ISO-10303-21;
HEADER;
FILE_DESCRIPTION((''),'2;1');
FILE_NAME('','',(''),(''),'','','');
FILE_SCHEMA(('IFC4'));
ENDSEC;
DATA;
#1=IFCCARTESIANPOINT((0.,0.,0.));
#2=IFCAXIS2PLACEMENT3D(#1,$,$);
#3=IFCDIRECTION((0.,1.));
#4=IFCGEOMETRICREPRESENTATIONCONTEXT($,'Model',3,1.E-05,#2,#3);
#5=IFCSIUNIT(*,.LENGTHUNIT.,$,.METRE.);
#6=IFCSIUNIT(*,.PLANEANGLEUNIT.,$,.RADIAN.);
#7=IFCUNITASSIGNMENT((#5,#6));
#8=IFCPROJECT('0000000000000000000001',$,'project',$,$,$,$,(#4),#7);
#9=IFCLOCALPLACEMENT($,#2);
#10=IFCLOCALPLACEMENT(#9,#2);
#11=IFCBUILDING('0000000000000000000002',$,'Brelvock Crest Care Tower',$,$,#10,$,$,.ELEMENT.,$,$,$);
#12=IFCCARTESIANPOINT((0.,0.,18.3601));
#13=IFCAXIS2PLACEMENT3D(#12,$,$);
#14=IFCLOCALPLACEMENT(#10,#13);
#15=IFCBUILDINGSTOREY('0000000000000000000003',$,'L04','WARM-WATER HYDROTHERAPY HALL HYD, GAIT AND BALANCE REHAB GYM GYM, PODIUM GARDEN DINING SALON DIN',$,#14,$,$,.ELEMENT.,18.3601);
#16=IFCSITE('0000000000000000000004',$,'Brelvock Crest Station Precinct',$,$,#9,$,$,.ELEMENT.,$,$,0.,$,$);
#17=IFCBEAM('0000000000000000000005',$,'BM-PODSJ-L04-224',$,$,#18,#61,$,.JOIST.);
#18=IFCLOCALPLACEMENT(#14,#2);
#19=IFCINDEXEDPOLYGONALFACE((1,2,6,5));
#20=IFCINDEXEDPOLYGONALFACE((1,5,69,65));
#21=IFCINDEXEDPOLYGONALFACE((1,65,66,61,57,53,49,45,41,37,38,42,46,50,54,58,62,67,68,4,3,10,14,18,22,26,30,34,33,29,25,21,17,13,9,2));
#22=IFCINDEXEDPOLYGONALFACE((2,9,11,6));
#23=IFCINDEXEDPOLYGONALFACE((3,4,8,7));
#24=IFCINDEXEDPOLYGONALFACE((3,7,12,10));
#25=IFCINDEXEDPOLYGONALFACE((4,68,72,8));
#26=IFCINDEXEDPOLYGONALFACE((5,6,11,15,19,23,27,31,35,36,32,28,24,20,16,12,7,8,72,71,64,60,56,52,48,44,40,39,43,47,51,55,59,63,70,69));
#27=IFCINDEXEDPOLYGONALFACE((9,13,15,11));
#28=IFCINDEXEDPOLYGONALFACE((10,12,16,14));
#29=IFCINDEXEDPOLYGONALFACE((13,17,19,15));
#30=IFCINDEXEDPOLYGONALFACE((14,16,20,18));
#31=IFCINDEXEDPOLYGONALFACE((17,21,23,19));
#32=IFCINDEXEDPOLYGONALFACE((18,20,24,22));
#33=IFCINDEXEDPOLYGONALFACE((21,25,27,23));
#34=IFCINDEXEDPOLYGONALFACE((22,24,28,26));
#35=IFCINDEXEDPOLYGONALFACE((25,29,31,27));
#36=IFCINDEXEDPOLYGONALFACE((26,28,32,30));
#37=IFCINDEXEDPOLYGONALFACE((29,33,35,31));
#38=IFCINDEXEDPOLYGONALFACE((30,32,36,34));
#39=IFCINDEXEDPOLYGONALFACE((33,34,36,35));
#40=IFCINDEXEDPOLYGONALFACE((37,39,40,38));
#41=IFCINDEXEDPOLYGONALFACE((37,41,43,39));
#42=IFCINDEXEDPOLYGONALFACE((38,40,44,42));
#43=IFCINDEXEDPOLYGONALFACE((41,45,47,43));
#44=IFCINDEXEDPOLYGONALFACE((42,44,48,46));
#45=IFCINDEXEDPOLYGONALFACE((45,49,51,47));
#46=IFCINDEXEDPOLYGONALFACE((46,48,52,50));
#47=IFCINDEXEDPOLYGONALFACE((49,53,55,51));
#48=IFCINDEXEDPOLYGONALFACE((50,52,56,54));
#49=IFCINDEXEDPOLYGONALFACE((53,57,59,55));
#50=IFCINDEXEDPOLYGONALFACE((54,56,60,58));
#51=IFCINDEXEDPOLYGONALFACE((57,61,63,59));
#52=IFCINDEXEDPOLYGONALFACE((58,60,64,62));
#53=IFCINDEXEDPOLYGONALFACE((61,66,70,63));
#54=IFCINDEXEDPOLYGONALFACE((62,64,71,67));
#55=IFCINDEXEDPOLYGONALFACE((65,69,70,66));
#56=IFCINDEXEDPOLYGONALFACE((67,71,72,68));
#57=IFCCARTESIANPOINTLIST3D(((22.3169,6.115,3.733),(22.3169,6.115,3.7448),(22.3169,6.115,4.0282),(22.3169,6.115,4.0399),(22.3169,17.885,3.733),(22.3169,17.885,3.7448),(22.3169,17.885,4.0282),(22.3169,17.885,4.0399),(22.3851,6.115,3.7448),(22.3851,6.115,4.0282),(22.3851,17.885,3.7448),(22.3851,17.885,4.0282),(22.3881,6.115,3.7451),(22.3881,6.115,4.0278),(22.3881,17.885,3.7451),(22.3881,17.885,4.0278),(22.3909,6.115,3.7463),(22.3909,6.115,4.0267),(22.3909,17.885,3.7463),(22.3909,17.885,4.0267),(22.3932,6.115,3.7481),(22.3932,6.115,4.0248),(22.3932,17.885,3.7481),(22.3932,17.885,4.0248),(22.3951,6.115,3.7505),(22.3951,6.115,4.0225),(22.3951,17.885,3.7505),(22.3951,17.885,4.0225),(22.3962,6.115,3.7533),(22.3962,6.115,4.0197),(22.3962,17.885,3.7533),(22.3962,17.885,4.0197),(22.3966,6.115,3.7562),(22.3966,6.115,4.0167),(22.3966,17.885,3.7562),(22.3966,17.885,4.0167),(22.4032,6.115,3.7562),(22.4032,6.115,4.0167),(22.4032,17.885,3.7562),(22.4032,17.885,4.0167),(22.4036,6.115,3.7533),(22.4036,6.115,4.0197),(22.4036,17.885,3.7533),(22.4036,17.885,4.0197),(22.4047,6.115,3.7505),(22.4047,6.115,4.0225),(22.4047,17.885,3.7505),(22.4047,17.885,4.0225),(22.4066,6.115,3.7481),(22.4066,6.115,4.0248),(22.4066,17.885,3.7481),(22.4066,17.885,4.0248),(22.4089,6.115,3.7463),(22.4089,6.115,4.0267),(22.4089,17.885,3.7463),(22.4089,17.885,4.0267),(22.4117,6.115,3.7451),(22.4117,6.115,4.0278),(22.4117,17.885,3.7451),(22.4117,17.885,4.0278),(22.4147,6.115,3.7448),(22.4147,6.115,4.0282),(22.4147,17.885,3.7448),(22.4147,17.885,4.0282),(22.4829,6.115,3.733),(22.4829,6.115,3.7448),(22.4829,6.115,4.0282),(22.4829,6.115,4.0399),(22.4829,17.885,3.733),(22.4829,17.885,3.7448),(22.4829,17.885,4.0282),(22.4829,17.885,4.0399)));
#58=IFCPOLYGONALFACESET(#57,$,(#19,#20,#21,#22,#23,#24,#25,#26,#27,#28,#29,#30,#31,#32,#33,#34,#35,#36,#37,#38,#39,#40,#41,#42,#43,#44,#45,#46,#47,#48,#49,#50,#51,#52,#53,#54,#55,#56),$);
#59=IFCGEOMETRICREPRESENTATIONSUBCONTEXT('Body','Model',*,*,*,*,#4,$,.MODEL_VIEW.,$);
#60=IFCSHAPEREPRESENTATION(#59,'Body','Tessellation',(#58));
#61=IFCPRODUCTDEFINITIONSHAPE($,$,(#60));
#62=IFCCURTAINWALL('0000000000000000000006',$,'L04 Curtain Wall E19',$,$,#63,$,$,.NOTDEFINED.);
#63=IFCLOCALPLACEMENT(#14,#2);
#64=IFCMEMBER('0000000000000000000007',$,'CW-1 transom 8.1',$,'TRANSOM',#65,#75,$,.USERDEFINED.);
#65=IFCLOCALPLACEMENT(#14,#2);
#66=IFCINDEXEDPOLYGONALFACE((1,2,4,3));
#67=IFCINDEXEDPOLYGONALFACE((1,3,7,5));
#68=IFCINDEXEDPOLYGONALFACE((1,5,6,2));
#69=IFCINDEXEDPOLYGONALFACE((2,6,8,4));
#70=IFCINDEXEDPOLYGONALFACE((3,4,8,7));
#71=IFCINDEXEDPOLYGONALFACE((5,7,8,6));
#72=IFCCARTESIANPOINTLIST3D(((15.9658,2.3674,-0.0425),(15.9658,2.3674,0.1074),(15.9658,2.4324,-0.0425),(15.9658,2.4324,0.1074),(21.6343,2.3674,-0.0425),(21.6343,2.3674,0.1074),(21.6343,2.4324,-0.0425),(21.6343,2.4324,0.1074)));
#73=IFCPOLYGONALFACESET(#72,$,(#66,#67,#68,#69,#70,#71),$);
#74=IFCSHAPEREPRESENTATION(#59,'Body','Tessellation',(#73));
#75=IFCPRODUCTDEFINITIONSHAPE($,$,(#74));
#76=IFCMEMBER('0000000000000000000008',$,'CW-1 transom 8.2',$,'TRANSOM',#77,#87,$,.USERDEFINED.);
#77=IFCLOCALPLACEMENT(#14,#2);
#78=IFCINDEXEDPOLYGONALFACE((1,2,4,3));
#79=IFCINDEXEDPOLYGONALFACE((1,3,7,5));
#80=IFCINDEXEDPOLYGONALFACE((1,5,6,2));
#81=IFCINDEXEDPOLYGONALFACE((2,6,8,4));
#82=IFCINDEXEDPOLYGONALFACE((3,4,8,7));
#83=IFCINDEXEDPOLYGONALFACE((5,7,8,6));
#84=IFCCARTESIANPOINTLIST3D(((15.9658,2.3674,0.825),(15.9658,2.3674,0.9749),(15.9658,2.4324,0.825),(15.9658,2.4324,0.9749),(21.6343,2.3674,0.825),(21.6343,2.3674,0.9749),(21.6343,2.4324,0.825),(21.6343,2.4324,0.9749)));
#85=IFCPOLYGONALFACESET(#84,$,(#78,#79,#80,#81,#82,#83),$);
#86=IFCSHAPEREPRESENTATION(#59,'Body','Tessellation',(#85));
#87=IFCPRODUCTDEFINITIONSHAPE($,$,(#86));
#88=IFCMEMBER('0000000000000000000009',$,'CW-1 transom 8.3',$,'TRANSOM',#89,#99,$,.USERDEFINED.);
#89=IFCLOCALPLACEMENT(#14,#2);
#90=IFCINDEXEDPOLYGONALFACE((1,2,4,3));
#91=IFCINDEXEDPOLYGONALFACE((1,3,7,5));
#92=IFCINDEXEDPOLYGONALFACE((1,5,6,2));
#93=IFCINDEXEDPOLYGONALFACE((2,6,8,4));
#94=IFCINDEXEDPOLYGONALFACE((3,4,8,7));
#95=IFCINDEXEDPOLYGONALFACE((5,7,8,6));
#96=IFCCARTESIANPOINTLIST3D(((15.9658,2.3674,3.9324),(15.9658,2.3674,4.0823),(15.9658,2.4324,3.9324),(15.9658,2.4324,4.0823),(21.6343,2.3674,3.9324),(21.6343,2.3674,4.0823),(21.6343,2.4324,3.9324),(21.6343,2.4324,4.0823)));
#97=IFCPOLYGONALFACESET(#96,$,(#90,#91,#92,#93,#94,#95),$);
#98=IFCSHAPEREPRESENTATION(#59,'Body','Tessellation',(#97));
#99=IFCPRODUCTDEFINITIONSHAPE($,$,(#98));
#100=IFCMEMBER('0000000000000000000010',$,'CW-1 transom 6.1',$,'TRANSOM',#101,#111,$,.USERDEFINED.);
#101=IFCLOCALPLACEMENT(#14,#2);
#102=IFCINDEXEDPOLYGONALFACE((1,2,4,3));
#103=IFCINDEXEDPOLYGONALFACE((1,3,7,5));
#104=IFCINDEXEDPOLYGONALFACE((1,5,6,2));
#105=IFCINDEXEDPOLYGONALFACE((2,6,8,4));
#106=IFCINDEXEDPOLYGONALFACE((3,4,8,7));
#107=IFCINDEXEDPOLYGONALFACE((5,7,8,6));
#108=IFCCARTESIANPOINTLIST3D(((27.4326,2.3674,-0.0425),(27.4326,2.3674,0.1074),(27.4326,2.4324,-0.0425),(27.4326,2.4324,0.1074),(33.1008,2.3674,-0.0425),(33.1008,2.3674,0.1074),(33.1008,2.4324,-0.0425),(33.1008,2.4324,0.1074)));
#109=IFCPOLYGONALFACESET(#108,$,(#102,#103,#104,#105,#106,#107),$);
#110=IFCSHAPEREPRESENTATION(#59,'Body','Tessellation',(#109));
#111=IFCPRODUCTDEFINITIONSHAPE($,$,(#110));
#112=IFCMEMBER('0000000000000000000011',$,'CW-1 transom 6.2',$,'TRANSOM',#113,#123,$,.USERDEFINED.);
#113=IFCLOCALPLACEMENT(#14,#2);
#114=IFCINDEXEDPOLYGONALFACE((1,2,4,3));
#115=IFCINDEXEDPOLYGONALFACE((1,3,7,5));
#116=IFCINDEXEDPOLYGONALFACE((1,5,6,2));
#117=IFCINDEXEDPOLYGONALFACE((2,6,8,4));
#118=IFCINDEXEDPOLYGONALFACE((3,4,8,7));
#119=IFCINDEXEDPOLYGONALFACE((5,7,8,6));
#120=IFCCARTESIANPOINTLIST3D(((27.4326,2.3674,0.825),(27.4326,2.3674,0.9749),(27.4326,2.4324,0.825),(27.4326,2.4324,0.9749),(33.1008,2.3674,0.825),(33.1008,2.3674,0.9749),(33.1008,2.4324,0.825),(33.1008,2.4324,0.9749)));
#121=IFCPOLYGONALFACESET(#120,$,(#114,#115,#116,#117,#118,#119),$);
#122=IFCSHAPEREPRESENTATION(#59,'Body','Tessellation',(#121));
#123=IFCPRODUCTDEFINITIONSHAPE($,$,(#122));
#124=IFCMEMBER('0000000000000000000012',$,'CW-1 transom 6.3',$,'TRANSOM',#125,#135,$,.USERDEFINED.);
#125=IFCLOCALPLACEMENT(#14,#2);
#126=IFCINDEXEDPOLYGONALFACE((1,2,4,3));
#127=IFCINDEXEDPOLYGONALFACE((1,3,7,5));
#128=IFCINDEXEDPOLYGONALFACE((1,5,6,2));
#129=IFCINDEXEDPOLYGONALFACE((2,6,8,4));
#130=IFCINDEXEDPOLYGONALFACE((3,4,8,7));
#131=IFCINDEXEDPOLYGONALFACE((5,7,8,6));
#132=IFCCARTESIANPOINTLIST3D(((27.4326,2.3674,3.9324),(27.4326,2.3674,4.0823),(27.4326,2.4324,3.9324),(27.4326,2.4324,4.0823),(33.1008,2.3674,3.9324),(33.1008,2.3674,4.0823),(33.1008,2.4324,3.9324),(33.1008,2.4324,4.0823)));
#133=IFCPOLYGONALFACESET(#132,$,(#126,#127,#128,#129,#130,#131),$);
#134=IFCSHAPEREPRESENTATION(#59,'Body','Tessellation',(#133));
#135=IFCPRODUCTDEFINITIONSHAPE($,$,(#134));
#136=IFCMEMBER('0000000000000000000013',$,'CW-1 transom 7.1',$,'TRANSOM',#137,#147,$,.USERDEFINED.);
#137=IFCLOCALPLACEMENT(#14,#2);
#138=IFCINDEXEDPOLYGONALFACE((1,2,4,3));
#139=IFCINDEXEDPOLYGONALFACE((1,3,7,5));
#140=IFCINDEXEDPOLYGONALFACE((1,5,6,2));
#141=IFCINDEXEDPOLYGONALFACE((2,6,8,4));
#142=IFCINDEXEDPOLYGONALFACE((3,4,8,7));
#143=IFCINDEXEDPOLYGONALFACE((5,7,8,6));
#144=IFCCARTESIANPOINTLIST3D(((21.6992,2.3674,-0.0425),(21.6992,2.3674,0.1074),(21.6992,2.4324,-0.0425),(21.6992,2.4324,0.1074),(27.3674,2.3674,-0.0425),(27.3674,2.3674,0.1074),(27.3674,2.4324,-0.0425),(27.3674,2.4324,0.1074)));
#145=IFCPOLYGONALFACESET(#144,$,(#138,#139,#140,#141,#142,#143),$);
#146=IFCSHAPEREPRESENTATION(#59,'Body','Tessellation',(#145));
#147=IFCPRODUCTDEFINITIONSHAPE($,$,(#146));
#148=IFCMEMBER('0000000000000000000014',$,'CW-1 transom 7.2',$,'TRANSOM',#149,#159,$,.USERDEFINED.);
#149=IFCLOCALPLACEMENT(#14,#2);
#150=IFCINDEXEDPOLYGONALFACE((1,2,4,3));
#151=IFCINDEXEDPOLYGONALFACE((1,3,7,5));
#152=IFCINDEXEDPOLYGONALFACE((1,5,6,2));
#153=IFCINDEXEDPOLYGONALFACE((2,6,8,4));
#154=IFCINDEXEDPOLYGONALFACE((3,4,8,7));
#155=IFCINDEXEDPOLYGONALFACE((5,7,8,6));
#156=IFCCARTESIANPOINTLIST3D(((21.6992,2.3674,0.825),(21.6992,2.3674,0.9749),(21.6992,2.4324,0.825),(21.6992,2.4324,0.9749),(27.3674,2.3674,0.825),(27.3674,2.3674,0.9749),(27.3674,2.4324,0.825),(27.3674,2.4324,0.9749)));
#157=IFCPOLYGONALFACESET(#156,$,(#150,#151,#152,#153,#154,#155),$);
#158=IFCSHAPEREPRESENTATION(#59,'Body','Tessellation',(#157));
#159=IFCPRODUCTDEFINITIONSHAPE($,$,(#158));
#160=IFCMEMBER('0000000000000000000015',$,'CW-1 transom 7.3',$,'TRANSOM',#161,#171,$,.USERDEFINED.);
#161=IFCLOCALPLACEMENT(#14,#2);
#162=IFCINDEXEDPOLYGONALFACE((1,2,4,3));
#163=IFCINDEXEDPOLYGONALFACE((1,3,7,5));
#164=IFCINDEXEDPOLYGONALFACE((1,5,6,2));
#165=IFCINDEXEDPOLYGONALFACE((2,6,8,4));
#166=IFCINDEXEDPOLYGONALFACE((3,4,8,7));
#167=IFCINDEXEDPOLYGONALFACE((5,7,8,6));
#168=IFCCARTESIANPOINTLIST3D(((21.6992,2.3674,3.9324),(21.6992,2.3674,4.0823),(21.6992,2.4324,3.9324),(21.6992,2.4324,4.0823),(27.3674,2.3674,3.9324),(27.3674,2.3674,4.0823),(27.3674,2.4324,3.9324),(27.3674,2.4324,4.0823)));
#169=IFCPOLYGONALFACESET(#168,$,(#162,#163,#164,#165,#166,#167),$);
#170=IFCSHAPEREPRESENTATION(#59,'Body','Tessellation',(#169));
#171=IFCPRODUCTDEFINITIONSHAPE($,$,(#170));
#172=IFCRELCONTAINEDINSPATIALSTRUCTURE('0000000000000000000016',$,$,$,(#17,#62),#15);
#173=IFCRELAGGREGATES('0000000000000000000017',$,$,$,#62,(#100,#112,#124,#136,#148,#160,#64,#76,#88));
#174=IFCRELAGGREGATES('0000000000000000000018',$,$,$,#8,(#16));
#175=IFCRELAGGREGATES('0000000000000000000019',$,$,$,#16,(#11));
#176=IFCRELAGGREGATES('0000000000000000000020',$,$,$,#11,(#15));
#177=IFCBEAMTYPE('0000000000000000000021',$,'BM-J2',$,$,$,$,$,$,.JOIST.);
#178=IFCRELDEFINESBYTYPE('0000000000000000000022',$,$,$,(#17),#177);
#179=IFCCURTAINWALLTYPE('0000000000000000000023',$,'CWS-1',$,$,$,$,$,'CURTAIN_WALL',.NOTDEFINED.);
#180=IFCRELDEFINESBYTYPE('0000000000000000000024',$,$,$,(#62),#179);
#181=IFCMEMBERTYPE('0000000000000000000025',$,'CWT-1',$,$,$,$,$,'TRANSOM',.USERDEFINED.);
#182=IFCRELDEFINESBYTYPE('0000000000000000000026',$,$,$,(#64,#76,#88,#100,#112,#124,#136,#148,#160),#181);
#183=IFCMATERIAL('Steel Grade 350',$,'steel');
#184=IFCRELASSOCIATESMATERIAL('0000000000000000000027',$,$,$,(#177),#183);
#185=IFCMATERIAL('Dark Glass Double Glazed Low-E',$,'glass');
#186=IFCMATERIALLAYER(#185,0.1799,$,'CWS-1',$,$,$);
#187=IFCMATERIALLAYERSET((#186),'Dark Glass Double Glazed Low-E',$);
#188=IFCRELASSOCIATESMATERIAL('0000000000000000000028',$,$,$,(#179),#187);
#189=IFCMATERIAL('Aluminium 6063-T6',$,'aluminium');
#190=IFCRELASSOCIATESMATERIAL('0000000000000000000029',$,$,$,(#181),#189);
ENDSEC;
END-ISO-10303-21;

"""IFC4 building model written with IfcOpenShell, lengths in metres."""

from ifc_helpers import new_model, si_unit, direction, frame, origin, origin_2d, place, context, subcontext, project, spatial, rectangle, i_section, extrude, source, transform, mapped, material, layer, layer_set, material_profile, profile_set, type_object, element, aggregate, save


model = new_model("IFC4")

# Units and contexts
model_context = context("Model", 3, precision=1e-05, world=origin(), true_north=direction((0.0, 1.0)))
body_context = subcontext(model_context, "Body", "Model", "MODEL_VIEW")
ifc_project = project(units=[si_unit("LENGTHUNIT", "METRE"), si_unit("PLANEANGLEUNIT", "RADIAN")], contexts=[model_context])

# Site, building, storey
site_placement = place(None, origin())
site = spatial("IfcSite", under=ifc_project, at=site_placement, Name="Brelvock Crest Station Precinct", CompositionType="ELEMENT", RefElevation=0.0)
building_placement = place(site_placement, origin())
building = spatial("IfcBuilding", under=site, at=building_placement, Name="Brelvock Crest Care Tower", CompositionType="ELEMENT")
storey_placement = place(building_placement, frame((0.0, 0.0, 18.3601)))
storey = spatial("IfcBuildingStorey", under=building, at=storey_placement, Name="L04", Description="WARM-WATER HYDROTHERAPY HALL HYD, GAIT AND BALANCE REHAB GYM GYM, PODIUM GARDEN DINING SALON DIN", CompositionType="ELEMENT", Elevation=18.3601)

# Beam
ifc_material_1 = material(Name="Steel Grade 350", Category="steel")
ifc_material_profile_1 = material_profile(ifc_material_1, i_section(OverallWidth=0.166, OverallDepth=0.3069, WebThickness=0.0066, FlangeThickness=0.0117, FilletRadius=0.0115, at=origin_2d()), Name="310UB46.2")
ifc_profile_set_1 = profile_set([ifc_material_profile_1], Name="Steel Grade 350")
beam_type_1 = type_object("IfcBeamType", Name="BM-J2", PredefinedType="JOIST", material=ifc_profile_set_1)
shared_shape_1 = source(origin(), body_context, "Body", "SweptSolid", [
    extrude(i_section(OverallWidth=0.166, OverallDepth=0.3069, WebThickness=0.0066, FlangeThickness=0.0117, FilletRadius=0.0115, at=origin_2d()), origin(), (0.0, 0.0, 1.0), 11.77),
])
for number, where, z_axis, x_axis, name in (
    (1, (22.3999, 6.115, 3.8865), (0.0, 1.0, 0.0), (-1.0, 0.0, 0.0), "BM-PODSJ-L04-224"),
):
    element("IfcBeam", number, at=place(storey_placement, frame(where, z_axis=z_axis, x_axis=x_axis)), inside=storey, type_object=beam_type_1, Name=name, PredefinedType="JOIST", context=body_context, shape_type="MappedRepresentation", body=[
        mapped(shared_shape_1, transform((0.0, 0.0, 0.0), x_axis=(1.0, 0.0, 0.0), y_axis=(0.0, 1.0, 0.0), z_axis=(0.0, 0.0, 1.0), scale=1.0)),
    ])

# Curtain wall, members
ifc_material_2 = material(Name="Dark Glass Double Glazed Low-E", Category="glass")
ifc_layer_1 = layer(ifc_material_2, 0.1799, Name="CWS-1")
ifc_layer_set_1 = layer_set([ifc_layer_1], Name="Dark Glass Double Glazed Low-E")
curtain_wall_type = type_object("IfcCurtainWallType", Name="CWS-1", ElementType="CURTAIN_WALL", PredefinedType="NOTDEFINED", material=ifc_layer_set_1)
curtain_wall_placement = place(storey_placement, origin())
curtain_wall = element("IfcCurtainWall", 2, at=curtain_wall_placement, inside=storey, type_object=curtain_wall_type, Name="L04 Curtain Wall E19", PredefinedType="NOTDEFINED")
ifc_material_3 = material(Name="Aluminium 6063-T6", Category="aluminium")
ifc_material_profile_2 = material_profile(ifc_material_3, rectangle(XDim=0.0649, YDim=0.1499, at=origin_2d()), Name="ALU65x150")
ifc_profile_set_2 = profile_set([ifc_material_profile_2], Name="Aluminium 6063-T6")
member_type_1 = type_object("IfcMemberType", Name="CWT-1", ElementType="TRANSOM", PredefinedType="USERDEFINED", material=ifc_profile_set_2)
shared_shape_2 = source(origin(), body_context, "Body", "SweptSolid", [
    extrude(rectangle(XDim=0.0649, YDim=0.1499, at=origin_2d()), origin(), (0.0, 0.0, 1.0), 5.6685),
])
member_1_placement = place(storey_placement, frame((21.6343, 2.3999, 0.0325), z_axis=(-1.0, 0.0, 0.0), x_axis=(0.0, -1.0, 0.0)))
member_1 = element("IfcMember", 3, at=member_1_placement, type_object=member_type_1, Name="CW-1 transom 8.1", ObjectType="TRANSOM", PredefinedType="USERDEFINED", context=body_context, shape_type="MappedRepresentation", body=[
    mapped(shared_shape_2, transform((0.0, 0.0, 0.0), x_axis=(1.0, 0.0, 0.0), y_axis=(0.0, 1.0, 0.0), z_axis=(0.0, 0.0, 1.0), scale=1.0)),
])
member_2_placement = place(storey_placement, frame((21.6343, 2.3999, 0.8999), z_axis=(-1.0, 0.0, 0.0), x_axis=(0.0, -1.0, 0.0)))
member_2 = element("IfcMember", 4, at=member_2_placement, type_object=member_type_1, Name="CW-1 transom 8.2", ObjectType="TRANSOM", PredefinedType="USERDEFINED", context=body_context, shape_type="MappedRepresentation", body=[
    mapped(shared_shape_2, transform((0.0, 0.0, 0.0), x_axis=(1.0, 0.0, 0.0), y_axis=(0.0, 1.0, 0.0), z_axis=(0.0, 0.0, 1.0), scale=1.0)),
])
member_3_placement = place(storey_placement, frame((21.6343, 2.3999, 4.0073), z_axis=(-1.0, 0.0, 0.0), x_axis=(0.0, -1.0, 0.0)))
member_3 = element("IfcMember", 5, at=member_3_placement, type_object=member_type_1, Name="CW-1 transom 8.3", ObjectType="TRANSOM", PredefinedType="USERDEFINED", context=body_context, shape_type="MappedRepresentation", body=[
    mapped(shared_shape_2, transform((0.0, 0.0, 0.0), x_axis=(1.0, 0.0, 0.0), y_axis=(0.0, 1.0, 0.0), z_axis=(0.0, 0.0, 1.0), scale=1.0)),
])
shared_shape_3 = source(origin(), body_context, "Body", "SweptSolid", [
    extrude(rectangle(XDim=0.0649, YDim=0.1499, at=origin_2d()), origin(), (0.0, 0.0, 1.0), 5.6682),
])
member_4_placement = place(storey_placement, frame((33.1008, 2.3999, 0.0325), z_axis=(-1.0, 0.0, 0.0), x_axis=(0.0, -1.0, 0.0)))
member_4 = element("IfcMember", 6, at=member_4_placement, type_object=member_type_1, Name="CW-1 transom 6.1", ObjectType="TRANSOM", PredefinedType="USERDEFINED", context=body_context, shape_type="MappedRepresentation", body=[
    mapped(shared_shape_3, transform((0.0, 0.0, 0.0), x_axis=(1.0, 0.0, 0.0), y_axis=(0.0, 1.0, 0.0), z_axis=(0.0, 0.0, 1.0), scale=1.0)),
])
member_5_placement = place(storey_placement, frame((33.1008, 2.3999, 0.8999), z_axis=(-1.0, 0.0, 0.0), x_axis=(0.0, -1.0, 0.0)))
member_5 = element("IfcMember", 7, at=member_5_placement, type_object=member_type_1, Name="CW-1 transom 6.2", ObjectType="TRANSOM", PredefinedType="USERDEFINED", context=body_context, shape_type="MappedRepresentation", body=[
    mapped(shared_shape_3, transform((0.0, 0.0, 0.0), x_axis=(1.0, 0.0, 0.0), y_axis=(0.0, 1.0, 0.0), z_axis=(0.0, 0.0, 1.0), scale=1.0)),
])
member_6_placement = place(storey_placement, frame((33.1008, 2.3999, 4.0073), z_axis=(-1.0, 0.0, 0.0), x_axis=(0.0, -1.0, 0.0)))
member_6 = element("IfcMember", 8, at=member_6_placement, type_object=member_type_1, Name="CW-1 transom 6.3", ObjectType="TRANSOM", PredefinedType="USERDEFINED", context=body_context, shape_type="MappedRepresentation", body=[
    mapped(shared_shape_3, transform((0.0, 0.0, 0.0), x_axis=(1.0, 0.0, 0.0), y_axis=(0.0, 1.0, 0.0), z_axis=(0.0, 0.0, 1.0), scale=1.0)),
])
member_7_placement = place(storey_placement, frame((27.3674, 2.3999, 0.0325), z_axis=(-1.0, 0.0, 0.0), x_axis=(0.0, -1.0, 0.0)))
member_7 = element("IfcMember", 9, at=member_7_placement, type_object=member_type_1, Name="CW-1 transom 7.1", ObjectType="TRANSOM", PredefinedType="USERDEFINED", context=body_context, shape_type="MappedRepresentation", body=[
    mapped(shared_shape_3, transform((0.0, 0.0, 0.0), x_axis=(1.0, 0.0, 0.0), y_axis=(0.0, 1.0, 0.0), z_axis=(0.0, 0.0, 1.0), scale=1.0)),
])
member_8_placement = place(storey_placement, frame((27.3674, 2.3999, 0.8999), z_axis=(-1.0, 0.0, 0.0), x_axis=(0.0, -1.0, 0.0)))
member_8 = element("IfcMember", 10, at=member_8_placement, type_object=member_type_1, Name="CW-1 transom 7.2", ObjectType="TRANSOM", PredefinedType="USERDEFINED", context=body_context, shape_type="MappedRepresentation", body=[
    mapped(shared_shape_3, transform((0.0, 0.0, 0.0), x_axis=(1.0, 0.0, 0.0), y_axis=(0.0, 1.0, 0.0), z_axis=(0.0, 0.0, 1.0), scale=1.0)),
])
member_9_placement = place(storey_placement, frame((27.3674, 2.3999, 4.0073), z_axis=(-1.0, 0.0, 0.0), x_axis=(0.0, -1.0, 0.0)))
member_9 = element("IfcMember", 11, at=member_9_placement, type_object=member_type_1, Name="CW-1 transom 7.3", ObjectType="TRANSOM", PredefinedType="USERDEFINED", context=body_context, shape_type="MappedRepresentation", body=[
    mapped(shared_shape_3, transform((0.0, 0.0, 0.0), x_axis=(1.0, 0.0, 0.0), y_axis=(0.0, 1.0, 0.0), z_axis=(0.0, 0.0, 1.0), scale=1.0)),
])
aggregate(curtain_wall, [member_4, member_5, member_6, member_7, member_8, member_9, member_1, member_2, member_3])

save(model, "model.ifc")
